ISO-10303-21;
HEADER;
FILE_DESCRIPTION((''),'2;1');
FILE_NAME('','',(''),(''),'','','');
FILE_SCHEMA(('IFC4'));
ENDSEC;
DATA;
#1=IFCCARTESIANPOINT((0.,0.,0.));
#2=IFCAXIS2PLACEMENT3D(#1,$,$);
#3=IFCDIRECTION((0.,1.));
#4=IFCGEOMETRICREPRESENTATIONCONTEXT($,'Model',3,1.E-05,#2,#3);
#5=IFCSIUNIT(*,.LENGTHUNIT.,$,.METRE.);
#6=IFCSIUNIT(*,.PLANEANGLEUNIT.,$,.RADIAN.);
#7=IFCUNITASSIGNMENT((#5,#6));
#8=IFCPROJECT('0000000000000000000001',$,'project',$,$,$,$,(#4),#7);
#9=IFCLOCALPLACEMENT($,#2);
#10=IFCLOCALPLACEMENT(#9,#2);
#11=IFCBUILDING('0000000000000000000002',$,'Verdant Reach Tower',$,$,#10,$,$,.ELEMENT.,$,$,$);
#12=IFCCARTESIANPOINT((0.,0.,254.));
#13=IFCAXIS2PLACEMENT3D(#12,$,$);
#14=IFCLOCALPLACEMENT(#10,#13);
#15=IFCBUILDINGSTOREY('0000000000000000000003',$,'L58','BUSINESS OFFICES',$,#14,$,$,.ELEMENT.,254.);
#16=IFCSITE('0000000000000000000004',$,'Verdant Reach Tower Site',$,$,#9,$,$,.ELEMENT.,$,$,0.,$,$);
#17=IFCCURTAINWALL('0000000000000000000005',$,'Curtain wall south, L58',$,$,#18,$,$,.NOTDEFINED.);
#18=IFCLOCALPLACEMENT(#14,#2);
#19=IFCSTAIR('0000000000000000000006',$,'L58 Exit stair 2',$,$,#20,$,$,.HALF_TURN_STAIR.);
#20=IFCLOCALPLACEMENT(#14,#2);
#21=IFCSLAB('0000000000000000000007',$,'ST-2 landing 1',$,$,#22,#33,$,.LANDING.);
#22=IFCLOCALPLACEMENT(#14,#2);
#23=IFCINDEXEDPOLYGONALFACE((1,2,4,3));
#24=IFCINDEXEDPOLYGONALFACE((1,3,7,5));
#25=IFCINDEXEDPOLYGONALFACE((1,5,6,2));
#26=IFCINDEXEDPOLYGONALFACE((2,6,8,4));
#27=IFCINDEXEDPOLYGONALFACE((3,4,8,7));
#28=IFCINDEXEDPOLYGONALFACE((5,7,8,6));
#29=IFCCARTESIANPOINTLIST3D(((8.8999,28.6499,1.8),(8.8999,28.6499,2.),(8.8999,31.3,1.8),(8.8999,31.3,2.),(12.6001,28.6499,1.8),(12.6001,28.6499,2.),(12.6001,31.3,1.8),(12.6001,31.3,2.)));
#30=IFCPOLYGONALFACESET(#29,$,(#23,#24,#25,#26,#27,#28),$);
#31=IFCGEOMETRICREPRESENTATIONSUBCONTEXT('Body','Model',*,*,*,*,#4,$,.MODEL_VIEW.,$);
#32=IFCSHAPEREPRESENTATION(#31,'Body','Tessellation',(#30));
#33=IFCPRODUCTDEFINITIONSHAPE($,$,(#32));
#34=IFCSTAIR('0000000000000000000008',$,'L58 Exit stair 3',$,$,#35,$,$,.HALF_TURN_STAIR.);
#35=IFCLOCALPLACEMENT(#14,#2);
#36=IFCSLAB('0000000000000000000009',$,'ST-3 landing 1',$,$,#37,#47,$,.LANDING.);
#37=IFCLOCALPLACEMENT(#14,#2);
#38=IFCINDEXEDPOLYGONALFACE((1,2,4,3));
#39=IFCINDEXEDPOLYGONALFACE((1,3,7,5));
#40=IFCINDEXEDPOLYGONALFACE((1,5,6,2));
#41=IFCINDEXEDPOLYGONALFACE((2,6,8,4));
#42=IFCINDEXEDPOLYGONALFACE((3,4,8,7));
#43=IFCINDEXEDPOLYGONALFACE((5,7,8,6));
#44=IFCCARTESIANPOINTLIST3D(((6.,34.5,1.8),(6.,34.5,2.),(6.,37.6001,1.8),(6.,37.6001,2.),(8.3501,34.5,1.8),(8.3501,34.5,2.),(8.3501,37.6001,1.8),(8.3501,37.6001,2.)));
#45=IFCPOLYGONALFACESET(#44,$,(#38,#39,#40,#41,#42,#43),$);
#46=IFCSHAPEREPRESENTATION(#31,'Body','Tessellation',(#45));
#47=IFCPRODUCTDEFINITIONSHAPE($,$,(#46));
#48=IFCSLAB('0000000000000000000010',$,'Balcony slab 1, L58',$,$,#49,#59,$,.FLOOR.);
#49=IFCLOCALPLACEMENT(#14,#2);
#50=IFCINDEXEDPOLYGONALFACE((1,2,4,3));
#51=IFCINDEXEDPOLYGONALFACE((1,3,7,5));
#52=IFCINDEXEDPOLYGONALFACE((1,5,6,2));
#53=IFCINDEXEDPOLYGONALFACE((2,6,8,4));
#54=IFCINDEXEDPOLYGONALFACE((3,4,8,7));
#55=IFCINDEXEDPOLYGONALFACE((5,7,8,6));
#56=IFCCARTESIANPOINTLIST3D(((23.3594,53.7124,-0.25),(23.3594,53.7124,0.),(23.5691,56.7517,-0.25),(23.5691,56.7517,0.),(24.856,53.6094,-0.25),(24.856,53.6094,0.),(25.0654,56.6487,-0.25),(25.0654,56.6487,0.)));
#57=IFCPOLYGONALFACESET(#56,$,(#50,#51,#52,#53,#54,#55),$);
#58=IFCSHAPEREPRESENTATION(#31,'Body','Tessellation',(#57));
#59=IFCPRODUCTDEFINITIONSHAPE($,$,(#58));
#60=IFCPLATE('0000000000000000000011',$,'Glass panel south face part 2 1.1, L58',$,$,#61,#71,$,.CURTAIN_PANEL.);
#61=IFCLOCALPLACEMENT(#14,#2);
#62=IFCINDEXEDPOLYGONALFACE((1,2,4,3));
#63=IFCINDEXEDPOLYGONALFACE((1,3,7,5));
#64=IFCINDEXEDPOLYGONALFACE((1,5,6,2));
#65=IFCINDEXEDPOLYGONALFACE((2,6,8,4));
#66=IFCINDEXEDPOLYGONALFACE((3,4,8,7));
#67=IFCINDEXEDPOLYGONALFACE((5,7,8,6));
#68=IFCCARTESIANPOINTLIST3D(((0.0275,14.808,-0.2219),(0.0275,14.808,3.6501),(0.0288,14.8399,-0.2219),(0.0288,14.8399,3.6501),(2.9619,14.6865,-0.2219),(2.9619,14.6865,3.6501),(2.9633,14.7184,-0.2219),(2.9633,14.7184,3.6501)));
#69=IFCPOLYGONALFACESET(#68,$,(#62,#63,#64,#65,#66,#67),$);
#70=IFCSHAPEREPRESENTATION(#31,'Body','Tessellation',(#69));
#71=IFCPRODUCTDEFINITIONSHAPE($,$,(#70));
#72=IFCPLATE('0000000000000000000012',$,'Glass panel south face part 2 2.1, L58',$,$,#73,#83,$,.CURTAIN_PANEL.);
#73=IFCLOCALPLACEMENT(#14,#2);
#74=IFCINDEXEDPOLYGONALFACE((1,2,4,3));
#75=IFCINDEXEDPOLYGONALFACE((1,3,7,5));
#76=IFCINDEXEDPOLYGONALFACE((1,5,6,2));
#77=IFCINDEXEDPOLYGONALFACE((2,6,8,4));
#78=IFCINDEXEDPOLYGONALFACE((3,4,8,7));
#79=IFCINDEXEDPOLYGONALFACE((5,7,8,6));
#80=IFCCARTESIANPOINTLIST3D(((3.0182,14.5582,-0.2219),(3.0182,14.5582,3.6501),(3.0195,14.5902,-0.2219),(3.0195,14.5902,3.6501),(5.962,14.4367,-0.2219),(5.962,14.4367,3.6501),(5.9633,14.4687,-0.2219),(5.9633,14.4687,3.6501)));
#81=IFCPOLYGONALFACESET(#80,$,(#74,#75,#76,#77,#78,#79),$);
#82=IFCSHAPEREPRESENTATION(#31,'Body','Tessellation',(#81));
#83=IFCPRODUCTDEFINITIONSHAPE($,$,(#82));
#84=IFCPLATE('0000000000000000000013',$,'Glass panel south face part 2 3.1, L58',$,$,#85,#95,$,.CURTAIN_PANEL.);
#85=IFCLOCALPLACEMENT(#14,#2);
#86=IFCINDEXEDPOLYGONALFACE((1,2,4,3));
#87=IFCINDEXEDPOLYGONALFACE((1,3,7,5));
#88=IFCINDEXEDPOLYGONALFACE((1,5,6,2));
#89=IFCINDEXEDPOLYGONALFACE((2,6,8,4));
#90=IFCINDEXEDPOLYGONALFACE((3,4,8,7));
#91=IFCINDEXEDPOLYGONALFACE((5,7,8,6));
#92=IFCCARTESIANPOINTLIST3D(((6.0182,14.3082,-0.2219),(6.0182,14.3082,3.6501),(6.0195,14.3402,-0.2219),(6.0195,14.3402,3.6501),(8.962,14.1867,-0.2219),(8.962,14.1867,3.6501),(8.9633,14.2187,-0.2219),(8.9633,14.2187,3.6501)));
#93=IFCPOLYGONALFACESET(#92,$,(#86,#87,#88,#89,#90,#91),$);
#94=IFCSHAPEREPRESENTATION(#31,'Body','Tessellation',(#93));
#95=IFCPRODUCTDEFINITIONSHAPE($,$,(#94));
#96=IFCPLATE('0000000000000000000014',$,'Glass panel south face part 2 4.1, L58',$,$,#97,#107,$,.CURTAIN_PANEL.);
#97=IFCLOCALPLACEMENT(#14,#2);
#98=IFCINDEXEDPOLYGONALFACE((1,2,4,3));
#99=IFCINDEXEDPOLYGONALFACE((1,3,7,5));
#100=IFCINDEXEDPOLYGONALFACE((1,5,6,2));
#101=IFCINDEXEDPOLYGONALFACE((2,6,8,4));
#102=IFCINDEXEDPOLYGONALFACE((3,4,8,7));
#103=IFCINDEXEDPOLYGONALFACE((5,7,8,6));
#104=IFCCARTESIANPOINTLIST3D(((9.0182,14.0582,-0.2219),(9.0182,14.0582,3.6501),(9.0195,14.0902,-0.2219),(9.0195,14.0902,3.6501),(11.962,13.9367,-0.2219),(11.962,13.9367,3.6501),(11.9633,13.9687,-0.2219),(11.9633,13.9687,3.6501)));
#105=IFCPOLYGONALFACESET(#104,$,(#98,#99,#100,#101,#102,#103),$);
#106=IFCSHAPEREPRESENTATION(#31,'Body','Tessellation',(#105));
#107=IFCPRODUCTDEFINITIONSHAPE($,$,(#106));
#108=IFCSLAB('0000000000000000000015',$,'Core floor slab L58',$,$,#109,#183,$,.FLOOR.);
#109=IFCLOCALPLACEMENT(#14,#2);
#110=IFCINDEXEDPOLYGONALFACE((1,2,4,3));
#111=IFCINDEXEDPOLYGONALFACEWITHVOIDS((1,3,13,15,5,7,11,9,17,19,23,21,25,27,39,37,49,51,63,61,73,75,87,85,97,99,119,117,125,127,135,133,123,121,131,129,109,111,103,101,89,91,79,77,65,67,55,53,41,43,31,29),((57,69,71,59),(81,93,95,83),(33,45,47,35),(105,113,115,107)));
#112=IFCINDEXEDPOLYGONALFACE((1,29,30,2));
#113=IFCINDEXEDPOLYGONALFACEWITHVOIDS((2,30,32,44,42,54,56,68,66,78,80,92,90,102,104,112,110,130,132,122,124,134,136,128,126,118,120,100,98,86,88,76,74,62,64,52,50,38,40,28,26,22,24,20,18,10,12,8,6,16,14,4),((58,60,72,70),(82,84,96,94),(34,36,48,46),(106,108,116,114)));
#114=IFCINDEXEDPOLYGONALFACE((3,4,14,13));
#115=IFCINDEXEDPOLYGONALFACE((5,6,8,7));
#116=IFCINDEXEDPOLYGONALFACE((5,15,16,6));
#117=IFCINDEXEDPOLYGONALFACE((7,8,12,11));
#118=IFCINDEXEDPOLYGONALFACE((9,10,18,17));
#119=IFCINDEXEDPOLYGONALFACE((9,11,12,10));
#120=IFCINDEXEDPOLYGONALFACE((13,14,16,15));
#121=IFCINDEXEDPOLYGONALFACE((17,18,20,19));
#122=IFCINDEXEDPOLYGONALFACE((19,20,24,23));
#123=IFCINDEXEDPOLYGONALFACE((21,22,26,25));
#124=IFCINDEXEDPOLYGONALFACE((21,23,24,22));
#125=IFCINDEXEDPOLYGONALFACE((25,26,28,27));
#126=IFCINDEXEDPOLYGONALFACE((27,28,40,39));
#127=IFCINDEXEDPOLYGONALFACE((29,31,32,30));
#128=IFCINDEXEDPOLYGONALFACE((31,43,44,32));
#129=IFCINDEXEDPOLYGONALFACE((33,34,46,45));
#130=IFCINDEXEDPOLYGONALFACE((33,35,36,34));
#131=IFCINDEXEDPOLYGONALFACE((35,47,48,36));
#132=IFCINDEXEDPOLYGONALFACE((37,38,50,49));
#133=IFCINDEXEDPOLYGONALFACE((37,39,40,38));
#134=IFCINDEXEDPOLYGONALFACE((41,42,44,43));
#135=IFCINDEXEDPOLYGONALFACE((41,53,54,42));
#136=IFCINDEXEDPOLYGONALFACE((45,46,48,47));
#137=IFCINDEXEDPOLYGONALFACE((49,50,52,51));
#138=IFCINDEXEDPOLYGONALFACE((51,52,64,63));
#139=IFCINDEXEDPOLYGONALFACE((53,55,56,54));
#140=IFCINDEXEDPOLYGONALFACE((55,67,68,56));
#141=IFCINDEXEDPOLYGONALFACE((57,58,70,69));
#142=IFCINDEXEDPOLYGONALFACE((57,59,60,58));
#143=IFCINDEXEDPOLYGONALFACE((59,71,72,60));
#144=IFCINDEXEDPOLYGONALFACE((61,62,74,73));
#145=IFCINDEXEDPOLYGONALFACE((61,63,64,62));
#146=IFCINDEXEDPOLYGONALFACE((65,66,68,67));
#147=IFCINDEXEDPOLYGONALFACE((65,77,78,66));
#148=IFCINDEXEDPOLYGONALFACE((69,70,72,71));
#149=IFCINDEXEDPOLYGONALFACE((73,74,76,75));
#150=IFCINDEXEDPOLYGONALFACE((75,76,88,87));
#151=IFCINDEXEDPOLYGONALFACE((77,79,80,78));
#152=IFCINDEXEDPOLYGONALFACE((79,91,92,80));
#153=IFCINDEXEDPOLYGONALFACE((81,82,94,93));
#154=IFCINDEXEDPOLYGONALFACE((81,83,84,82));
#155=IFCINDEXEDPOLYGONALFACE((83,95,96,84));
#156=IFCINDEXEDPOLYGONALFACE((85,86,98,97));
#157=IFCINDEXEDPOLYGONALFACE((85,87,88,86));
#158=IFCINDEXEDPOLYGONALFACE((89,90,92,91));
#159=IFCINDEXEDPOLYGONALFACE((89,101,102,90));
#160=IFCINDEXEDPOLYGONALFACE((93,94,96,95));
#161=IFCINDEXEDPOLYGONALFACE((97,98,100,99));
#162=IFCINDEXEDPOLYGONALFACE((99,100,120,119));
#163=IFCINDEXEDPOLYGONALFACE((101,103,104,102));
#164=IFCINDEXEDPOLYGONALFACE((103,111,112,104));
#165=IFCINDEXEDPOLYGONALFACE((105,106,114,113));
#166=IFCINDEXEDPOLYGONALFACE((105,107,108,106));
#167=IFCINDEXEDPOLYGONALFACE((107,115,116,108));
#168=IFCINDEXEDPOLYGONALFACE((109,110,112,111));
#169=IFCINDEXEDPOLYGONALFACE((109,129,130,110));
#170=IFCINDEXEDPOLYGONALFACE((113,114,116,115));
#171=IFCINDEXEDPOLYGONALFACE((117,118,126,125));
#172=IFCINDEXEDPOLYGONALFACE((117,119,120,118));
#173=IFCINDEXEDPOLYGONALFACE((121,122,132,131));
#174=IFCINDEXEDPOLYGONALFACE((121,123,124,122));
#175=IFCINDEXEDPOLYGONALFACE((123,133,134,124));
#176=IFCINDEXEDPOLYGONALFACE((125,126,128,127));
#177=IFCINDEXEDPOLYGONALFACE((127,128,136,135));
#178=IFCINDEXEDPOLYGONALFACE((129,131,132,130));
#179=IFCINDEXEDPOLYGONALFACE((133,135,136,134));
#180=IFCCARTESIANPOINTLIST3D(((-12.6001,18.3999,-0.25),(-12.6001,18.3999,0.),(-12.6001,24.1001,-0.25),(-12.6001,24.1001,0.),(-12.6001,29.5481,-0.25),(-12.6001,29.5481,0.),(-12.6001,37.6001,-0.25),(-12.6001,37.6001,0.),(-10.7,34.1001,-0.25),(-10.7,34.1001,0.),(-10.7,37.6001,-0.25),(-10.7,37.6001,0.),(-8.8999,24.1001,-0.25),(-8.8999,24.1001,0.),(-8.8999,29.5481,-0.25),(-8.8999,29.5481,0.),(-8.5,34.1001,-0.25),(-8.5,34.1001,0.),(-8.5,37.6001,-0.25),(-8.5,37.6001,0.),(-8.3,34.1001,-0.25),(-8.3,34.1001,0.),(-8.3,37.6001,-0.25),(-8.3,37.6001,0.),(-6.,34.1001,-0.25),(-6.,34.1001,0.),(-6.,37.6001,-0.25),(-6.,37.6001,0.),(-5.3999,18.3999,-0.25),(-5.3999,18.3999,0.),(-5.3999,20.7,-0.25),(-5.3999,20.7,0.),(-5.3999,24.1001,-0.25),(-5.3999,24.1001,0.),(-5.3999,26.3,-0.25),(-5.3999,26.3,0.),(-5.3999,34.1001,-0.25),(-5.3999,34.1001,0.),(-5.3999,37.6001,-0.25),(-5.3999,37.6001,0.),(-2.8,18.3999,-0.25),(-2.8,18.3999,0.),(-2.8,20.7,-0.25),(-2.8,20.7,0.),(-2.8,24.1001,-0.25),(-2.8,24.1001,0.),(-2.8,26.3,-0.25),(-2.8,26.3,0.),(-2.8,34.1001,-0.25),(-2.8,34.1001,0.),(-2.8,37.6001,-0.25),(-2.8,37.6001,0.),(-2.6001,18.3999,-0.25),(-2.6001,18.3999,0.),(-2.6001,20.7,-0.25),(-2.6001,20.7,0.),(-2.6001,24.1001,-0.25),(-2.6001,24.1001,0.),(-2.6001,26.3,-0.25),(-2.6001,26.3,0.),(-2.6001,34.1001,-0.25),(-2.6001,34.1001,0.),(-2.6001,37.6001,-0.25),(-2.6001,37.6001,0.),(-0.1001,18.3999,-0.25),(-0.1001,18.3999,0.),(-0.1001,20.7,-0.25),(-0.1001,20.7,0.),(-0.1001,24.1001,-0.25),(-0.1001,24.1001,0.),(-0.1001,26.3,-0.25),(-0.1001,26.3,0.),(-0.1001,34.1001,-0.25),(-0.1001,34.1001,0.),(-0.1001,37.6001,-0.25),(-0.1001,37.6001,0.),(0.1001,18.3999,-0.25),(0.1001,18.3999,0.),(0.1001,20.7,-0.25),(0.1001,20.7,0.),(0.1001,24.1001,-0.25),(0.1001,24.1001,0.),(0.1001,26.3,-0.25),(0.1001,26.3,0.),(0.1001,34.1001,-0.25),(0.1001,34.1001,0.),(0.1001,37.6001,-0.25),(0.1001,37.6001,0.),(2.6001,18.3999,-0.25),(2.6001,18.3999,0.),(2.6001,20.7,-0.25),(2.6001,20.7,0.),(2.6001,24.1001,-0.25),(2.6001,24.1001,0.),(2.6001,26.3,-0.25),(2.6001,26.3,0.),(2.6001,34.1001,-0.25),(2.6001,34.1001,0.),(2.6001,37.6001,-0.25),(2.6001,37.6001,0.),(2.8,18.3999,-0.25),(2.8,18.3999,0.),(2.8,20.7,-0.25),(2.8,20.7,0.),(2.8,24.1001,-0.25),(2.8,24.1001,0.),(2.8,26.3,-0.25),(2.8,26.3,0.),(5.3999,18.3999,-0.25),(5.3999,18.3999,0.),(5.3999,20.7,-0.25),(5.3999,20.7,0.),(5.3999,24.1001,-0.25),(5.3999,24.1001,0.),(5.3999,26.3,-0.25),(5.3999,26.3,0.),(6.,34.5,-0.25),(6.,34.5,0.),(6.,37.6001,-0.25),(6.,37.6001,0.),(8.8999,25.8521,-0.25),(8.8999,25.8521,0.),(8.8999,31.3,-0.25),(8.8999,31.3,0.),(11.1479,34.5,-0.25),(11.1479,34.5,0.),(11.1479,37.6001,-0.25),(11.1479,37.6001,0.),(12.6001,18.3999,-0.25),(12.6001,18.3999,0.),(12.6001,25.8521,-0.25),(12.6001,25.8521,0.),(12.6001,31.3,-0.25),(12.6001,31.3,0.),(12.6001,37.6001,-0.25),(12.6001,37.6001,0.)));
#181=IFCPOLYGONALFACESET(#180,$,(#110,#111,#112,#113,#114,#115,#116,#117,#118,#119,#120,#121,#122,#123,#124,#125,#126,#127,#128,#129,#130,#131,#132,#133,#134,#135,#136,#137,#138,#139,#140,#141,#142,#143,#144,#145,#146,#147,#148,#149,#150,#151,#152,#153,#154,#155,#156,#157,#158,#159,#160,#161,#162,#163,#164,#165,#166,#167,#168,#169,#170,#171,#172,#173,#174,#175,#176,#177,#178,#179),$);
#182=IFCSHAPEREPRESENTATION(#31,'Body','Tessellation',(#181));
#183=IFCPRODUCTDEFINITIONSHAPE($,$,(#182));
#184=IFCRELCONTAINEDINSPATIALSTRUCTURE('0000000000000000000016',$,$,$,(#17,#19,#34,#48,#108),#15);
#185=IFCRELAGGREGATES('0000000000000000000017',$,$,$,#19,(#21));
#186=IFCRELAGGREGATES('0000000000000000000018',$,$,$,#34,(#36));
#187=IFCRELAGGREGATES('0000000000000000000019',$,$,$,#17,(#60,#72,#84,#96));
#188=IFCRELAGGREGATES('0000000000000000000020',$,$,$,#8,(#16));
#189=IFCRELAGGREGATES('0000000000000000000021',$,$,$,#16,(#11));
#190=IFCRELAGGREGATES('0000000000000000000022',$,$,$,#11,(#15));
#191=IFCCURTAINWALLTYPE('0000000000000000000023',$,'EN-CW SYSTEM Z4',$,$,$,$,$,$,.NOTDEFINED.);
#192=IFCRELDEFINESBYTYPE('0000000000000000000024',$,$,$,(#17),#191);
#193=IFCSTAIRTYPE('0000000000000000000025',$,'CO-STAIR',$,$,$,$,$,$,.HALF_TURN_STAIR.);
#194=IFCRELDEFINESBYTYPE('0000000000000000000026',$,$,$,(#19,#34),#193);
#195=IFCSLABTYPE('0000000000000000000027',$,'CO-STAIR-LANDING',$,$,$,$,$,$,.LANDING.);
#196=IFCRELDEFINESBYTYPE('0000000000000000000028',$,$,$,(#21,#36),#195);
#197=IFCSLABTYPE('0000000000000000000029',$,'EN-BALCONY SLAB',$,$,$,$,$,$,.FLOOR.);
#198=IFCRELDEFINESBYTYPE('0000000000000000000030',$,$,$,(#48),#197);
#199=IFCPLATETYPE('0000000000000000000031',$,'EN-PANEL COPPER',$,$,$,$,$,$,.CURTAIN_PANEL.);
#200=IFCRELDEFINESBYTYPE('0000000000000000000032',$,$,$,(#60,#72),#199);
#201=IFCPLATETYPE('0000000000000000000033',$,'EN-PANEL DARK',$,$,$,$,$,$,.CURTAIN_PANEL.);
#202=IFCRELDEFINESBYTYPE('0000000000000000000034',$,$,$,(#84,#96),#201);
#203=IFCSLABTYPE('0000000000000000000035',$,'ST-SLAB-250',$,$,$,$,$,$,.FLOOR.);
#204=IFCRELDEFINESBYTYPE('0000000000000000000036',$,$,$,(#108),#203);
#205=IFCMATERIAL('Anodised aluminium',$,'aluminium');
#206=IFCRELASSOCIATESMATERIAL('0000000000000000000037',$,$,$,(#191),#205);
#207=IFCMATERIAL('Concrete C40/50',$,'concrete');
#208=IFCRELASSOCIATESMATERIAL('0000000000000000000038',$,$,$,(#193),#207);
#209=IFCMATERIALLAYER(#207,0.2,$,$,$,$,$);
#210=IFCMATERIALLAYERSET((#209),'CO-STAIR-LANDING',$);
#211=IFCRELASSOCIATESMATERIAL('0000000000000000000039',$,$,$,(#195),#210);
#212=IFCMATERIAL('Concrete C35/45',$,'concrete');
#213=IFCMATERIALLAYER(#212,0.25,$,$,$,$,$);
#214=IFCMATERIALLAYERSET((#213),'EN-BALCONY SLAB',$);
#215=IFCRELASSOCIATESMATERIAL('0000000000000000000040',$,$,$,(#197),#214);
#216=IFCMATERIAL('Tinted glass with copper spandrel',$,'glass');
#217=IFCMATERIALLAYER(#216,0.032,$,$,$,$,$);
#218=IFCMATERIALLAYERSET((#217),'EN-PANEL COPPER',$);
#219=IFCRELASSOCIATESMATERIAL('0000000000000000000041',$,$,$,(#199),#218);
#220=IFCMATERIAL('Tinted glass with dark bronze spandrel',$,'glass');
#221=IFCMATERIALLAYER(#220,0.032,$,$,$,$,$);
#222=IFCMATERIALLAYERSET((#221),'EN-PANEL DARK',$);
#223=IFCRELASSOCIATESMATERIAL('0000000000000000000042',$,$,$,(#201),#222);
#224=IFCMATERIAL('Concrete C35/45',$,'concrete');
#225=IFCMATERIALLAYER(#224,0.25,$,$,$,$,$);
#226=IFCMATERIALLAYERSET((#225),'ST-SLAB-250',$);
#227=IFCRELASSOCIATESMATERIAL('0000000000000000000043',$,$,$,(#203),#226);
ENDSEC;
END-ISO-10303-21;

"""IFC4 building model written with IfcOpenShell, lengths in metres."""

from ifc_helpers import new_model, si_unit, direction, frame, origin, origin_2d, place, context, subcontext, project, spatial, polyline, rectangle, outline, extrude, material, layer, layer_set, type_object, element, aggregate, save


model = new_model("IFC4")

# Units and contexts
model_context = context("Model", 3, precision=1e-05, world=origin(), true_north=direction((0.0, 1.0)))
body_context = subcontext(model_context, "Body", "Model", "MODEL_VIEW")
ifc_project = project(units=[si_unit("LENGTHUNIT", "METRE"), si_unit("PLANEANGLEUNIT", "RADIAN")], contexts=[model_context])

# Site, building, storey
site_placement = place(None, origin())
site = spatial("IfcSite", under=ifc_project, at=site_placement, Name="Verdant Reach Tower Site", CompositionType="ELEMENT", RefElevation=0.0)
building_placement = place(site_placement, origin())
building = spatial("IfcBuilding", under=site, at=building_placement, Name="Verdant Reach Tower", CompositionType="ELEMENT")
storey_placement = place(building_placement, frame((0.0, 0.0, 254.0)))
storey = spatial("IfcBuildingStorey", under=building, at=storey_placement, Name="L58", Description="BUSINESS OFFICES", CompositionType="ELEMENT", Elevation=254.0)

# Curtain wall
ifc_material_1 = material(Name="Anodised aluminium", Category="aluminium")
curtain_wall_type = type_object("IfcCurtainWallType", Name="EN-CW SYSTEM Z4", PredefinedType="NOTDEFINED", material=ifc_material_1)
curtain_wall_placement = place(storey_placement, origin())
curtain_wall = element("IfcCurtainWall", 1, at=curtain_wall_placement, inside=storey, type_object=curtain_wall_type, Name="Curtain wall south, L58", PredefinedType="NOTDEFINED")

# Stairs, slabs
ifc_material_2 = material(Name="Concrete C40/50", Category="concrete")
stair_type = type_object("IfcStairType", Name="CO-STAIR", PredefinedType="HALF_TURN_STAIR", material=ifc_material_2)
ifc_layer_1 = layer(ifc_material_2, 0.2)
ifc_layer_set_1 = layer_set([ifc_layer_1], Name="CO-STAIR-LANDING")
slab_type_1 = type_object("IfcSlabType", Name="CO-STAIR-LANDING", PredefinedType="LANDING", material=ifc_layer_set_1)
stair_1_placement = place(storey_placement, origin())
stair_1 = element("IfcStair", 2, at=stair_1_placement, inside=storey, type_object=stair_type, Name="L58 Exit stair 2", PredefinedType="HALF_TURN_STAIR")
slab_1_placement = place(storey_placement, frame((0.0, 0.0, 1.8)))
slab_1 = element("IfcSlab", 3, at=slab_1_placement, type_object=slab_type_1, Name="ST-2 landing 1", PredefinedType="LANDING", context=body_context, shape_type="SweptSolid", body=[
    extrude(outline(polyline([(12.6001, 28.6499), (12.6001, 31.3), (8.8999, 31.3), (8.8999, 28.6499), (12.6001, 28.6499)])), origin(), (0.0, 0.0, 1.0), 0.2),
])
aggregate(stair_1, [slab_1])
stair_2_placement = place(storey_placement, origin())
stair_2 = element("IfcStair", 4, at=stair_2_placement, inside=storey, type_object=stair_type, Name="L58 Exit stair 3", PredefinedType="HALF_TURN_STAIR")
slab_2_placement = place(storey_placement, frame((0.0, 0.0, 1.8)))
slab_2 = element("IfcSlab", 5, at=slab_2_placement, type_object=slab_type_1, Name="ST-3 landing 1", PredefinedType="LANDING", context=body_context, shape_type="SweptSolid", body=[
    extrude(outline(polyline([(8.3501, 37.6001), (6.0, 37.6001), (6.0, 34.5), (8.3501, 34.5), (8.3501, 37.6001)])), origin(), (0.0, 0.0, 1.0), 0.2),
])
aggregate(stair_2, [slab_2])

# Slab
ifc_material_3 = material(Name="Concrete C35/45", Category="concrete")
ifc_layer_2 = layer(ifc_material_3, 0.25)
ifc_layer_set_2 = layer_set([ifc_layer_2], Name="EN-BALCONY SLAB")
slab_type_2 = type_object("IfcSlabType", Name="EN-BALCONY SLAB", PredefinedType="FLOOR", material=ifc_layer_set_2)
slab_3_placement = place(storey_placement, frame((0.0, 0.0, -0.25)))
element("IfcSlab", 6, at=slab_3_placement, inside=storey, type_object=slab_type_2, Name="Balcony slab 1, L58", PredefinedType="FLOOR", context=body_context, shape_type="SweptSolid", body=[
    extrude(outline(polyline([(23.3594, 53.7124), (23.5691, 56.7517), (25.0654, 56.6487), (24.856, 53.6094), (23.3594, 53.7124)])), origin(), (0.0, 0.0, 1.0), 0.25),
])

# Plates
ifc_material_4 = material(Name="Tinted glass with copper spandrel", Category="glass")
ifc_layer_3 = layer(ifc_material_4, 0.032)
ifc_layer_set_3 = layer_set([ifc_layer_3], Name="EN-PANEL COPPER")
plate_type_1 = type_object("IfcPlateType", Name="EN-PANEL COPPER", PredefinedType="CURTAIN_PANEL", material=ifc_layer_set_3)
plate_1_placement = place(storey_placement, frame((1.4954, 14.7632, -0.2219), z_axis=(0.0, 0.0, 1.0), x_axis=(0.999144, -0.04137, 0.0)))
plate_1 = element("IfcPlate", 7, at=plate_1_placement, type_object=plate_type_1, Name="Glass panel south face part 2 1.1, L58", PredefinedType="CURTAIN_PANEL", context=body_context, shape_type="SweptSolid", body=[
    extrude(rectangle(XDim=2.937, YDim=0.032, at=origin_2d()), origin(), (0.0, 0.0, 1.0), 3.8721),
])
plate_2_placement = place(storey_placement, frame((4.4907, 14.5134, -0.2219), z_axis=(0.0, 0.0, 1.0), x_axis=(0.999149, -0.041242, 0.0)))
plate_2 = element("IfcPlate", 8, at=plate_2_placement, type_object=plate_type_1, Name="Glass panel south face part 2 2.1, L58", PredefinedType="CURTAIN_PANEL", context=body_context, shape_type="SweptSolid", body=[
    extrude(rectangle(XDim=2.9463, YDim=0.032, at=origin_2d()), origin(), (0.0, 0.0, 1.0), 3.8721),
])
ifc_material_5 = material(Name="Tinted glass with dark bronze spandrel", Category="glass")
ifc_layer_4 = layer(ifc_material_5, 0.032)
ifc_layer_set_4 = layer_set([ifc_layer_4], Name="EN-PANEL DARK")
plate_type_2 = type_object("IfcPlateType", Name="EN-PANEL DARK", PredefinedType="CURTAIN_PANEL", material=ifc_layer_set_4)
plate_3_placement = place(storey_placement, frame((7.4907, 14.2634, -0.2219), z_axis=(0.0, 0.0, 1.0), x_axis=(0.999149, -0.041242, 0.0)))
plate_3 = element("IfcPlate", 9, at=plate_3_placement, type_object=plate_type_2, Name="Glass panel south face part 2 3.1, L58", PredefinedType="CURTAIN_PANEL", context=body_context, shape_type="SweptSolid", body=[
    extrude(rectangle(XDim=2.9463, YDim=0.032, at=origin_2d()), origin(), (0.0, 0.0, 1.0), 3.8721),
])
plate_4_placement = place(storey_placement, frame((10.4907, 14.0134, -0.2219), z_axis=(0.0, 0.0, 1.0), x_axis=(0.999149, -0.041242, 0.0)))
plate_4 = element("IfcPlate", 10, at=plate_4_placement, type_object=plate_type_2, Name="Glass panel south face part 2 4.1, L58", PredefinedType="CURTAIN_PANEL", context=body_context, shape_type="SweptSolid", body=[
    extrude(rectangle(XDim=2.9463, YDim=0.032, at=origin_2d()), origin(), (0.0, 0.0, 1.0), 3.8721),
])
aggregate(curtain_wall, [plate_1, plate_2, plate_3, plate_4])

# Slab
ifc_material_6 = material(Name="Concrete C35/45", Category="concrete")
ifc_layer_5 = layer(ifc_material_6, 0.25)
ifc_layer_set_5 = layer_set([ifc_layer_5], Name="ST-SLAB-250")
slab_type_3 = type_object("IfcSlabType", Name="ST-SLAB-250", PredefinedType="FLOOR", material=ifc_layer_set_5)
slab_4_placement = place(storey_placement, frame((0.0, 0.0, -0.25)))
element("IfcSlab", 11, at=slab_4_placement, inside=storey, type_object=slab_type_3, Name="Core floor slab L58", PredefinedType="FLOOR", context=body_context, shape_type="SweptSolid", body=[
    extrude(outline(polyline([(12.6001, 18.3999), (5.3999, 18.3999), (5.3999, 20.7), (2.8, 20.7), (2.8, 18.3999), (2.6001, 18.3999), (2.6001, 20.7), (0.1001, 20.7), (0.1001, 18.3999), (-0.1001, 18.3999), (-0.1001, 20.7), (-2.6001, 20.7), (-2.6001, 18.3999), (-2.8, 18.3999), (-2.8, 20.7), (-5.3999, 20.7), (-5.3999, 18.3999), (-12.6001, 18.3999), (-12.6001, 24.1001), (-8.8999, 24.1001), (-8.8999, 29.5481), (-12.6001, 29.5481), (-12.6001, 37.6001), (-10.7, 37.6001), (-10.7, 34.1001), (-8.5, 34.1001), (-8.5, 37.6001), (-8.3, 37.6001), (-8.3, 34.1001), (-6.0, 34.1001), (-6.0, 37.6001), (-5.3999, 37.6001), (-5.3999, 34.1001), (-2.8, 34.1001), (-2.8, 37.6001), (-2.6001, 37.6001), (-2.6001, 34.1001), (-0.1001, 34.1001), (-0.1001, 37.6001), (0.1001, 37.6001), (0.1001, 34.1001), (2.6001, 34.1001), (2.6001, 37.6001), (6.0, 37.6001), (6.0, 34.5), (11.1479, 34.5), (11.1479, 37.6001), (12.6001, 37.6001), (12.6001, 31.3), (8.8999, 31.3), (8.8999, 25.8521), (12.6001, 25.8521), (12.6001, 18.3999)]), holes=[polyline([(-2.8, 24.1001), (-2.8, 26.3), (-5.3999, 26.3), (-5.3999, 24.1001), (-2.8, 24.1001)]), polyline([(-0.1001, 24.1001), (-0.1001, 26.3), (-2.6001, 26.3), (-2.6001, 24.1001), (-0.1001, 24.1001)]), polyline([(2.6001, 24.1001), (2.6001, 26.3), (0.1001, 26.3), (0.1001, 24.1001), (2.6001, 24.1001)]), polyline([(5.3999, 24.1001), (5.3999, 26.3), (2.8, 26.3), (2.8, 24.1001), (5.3999, 24.1001)])]), origin(), (0.0, 0.0, 1.0), 0.25),
])

save(model, "model.ifc")
